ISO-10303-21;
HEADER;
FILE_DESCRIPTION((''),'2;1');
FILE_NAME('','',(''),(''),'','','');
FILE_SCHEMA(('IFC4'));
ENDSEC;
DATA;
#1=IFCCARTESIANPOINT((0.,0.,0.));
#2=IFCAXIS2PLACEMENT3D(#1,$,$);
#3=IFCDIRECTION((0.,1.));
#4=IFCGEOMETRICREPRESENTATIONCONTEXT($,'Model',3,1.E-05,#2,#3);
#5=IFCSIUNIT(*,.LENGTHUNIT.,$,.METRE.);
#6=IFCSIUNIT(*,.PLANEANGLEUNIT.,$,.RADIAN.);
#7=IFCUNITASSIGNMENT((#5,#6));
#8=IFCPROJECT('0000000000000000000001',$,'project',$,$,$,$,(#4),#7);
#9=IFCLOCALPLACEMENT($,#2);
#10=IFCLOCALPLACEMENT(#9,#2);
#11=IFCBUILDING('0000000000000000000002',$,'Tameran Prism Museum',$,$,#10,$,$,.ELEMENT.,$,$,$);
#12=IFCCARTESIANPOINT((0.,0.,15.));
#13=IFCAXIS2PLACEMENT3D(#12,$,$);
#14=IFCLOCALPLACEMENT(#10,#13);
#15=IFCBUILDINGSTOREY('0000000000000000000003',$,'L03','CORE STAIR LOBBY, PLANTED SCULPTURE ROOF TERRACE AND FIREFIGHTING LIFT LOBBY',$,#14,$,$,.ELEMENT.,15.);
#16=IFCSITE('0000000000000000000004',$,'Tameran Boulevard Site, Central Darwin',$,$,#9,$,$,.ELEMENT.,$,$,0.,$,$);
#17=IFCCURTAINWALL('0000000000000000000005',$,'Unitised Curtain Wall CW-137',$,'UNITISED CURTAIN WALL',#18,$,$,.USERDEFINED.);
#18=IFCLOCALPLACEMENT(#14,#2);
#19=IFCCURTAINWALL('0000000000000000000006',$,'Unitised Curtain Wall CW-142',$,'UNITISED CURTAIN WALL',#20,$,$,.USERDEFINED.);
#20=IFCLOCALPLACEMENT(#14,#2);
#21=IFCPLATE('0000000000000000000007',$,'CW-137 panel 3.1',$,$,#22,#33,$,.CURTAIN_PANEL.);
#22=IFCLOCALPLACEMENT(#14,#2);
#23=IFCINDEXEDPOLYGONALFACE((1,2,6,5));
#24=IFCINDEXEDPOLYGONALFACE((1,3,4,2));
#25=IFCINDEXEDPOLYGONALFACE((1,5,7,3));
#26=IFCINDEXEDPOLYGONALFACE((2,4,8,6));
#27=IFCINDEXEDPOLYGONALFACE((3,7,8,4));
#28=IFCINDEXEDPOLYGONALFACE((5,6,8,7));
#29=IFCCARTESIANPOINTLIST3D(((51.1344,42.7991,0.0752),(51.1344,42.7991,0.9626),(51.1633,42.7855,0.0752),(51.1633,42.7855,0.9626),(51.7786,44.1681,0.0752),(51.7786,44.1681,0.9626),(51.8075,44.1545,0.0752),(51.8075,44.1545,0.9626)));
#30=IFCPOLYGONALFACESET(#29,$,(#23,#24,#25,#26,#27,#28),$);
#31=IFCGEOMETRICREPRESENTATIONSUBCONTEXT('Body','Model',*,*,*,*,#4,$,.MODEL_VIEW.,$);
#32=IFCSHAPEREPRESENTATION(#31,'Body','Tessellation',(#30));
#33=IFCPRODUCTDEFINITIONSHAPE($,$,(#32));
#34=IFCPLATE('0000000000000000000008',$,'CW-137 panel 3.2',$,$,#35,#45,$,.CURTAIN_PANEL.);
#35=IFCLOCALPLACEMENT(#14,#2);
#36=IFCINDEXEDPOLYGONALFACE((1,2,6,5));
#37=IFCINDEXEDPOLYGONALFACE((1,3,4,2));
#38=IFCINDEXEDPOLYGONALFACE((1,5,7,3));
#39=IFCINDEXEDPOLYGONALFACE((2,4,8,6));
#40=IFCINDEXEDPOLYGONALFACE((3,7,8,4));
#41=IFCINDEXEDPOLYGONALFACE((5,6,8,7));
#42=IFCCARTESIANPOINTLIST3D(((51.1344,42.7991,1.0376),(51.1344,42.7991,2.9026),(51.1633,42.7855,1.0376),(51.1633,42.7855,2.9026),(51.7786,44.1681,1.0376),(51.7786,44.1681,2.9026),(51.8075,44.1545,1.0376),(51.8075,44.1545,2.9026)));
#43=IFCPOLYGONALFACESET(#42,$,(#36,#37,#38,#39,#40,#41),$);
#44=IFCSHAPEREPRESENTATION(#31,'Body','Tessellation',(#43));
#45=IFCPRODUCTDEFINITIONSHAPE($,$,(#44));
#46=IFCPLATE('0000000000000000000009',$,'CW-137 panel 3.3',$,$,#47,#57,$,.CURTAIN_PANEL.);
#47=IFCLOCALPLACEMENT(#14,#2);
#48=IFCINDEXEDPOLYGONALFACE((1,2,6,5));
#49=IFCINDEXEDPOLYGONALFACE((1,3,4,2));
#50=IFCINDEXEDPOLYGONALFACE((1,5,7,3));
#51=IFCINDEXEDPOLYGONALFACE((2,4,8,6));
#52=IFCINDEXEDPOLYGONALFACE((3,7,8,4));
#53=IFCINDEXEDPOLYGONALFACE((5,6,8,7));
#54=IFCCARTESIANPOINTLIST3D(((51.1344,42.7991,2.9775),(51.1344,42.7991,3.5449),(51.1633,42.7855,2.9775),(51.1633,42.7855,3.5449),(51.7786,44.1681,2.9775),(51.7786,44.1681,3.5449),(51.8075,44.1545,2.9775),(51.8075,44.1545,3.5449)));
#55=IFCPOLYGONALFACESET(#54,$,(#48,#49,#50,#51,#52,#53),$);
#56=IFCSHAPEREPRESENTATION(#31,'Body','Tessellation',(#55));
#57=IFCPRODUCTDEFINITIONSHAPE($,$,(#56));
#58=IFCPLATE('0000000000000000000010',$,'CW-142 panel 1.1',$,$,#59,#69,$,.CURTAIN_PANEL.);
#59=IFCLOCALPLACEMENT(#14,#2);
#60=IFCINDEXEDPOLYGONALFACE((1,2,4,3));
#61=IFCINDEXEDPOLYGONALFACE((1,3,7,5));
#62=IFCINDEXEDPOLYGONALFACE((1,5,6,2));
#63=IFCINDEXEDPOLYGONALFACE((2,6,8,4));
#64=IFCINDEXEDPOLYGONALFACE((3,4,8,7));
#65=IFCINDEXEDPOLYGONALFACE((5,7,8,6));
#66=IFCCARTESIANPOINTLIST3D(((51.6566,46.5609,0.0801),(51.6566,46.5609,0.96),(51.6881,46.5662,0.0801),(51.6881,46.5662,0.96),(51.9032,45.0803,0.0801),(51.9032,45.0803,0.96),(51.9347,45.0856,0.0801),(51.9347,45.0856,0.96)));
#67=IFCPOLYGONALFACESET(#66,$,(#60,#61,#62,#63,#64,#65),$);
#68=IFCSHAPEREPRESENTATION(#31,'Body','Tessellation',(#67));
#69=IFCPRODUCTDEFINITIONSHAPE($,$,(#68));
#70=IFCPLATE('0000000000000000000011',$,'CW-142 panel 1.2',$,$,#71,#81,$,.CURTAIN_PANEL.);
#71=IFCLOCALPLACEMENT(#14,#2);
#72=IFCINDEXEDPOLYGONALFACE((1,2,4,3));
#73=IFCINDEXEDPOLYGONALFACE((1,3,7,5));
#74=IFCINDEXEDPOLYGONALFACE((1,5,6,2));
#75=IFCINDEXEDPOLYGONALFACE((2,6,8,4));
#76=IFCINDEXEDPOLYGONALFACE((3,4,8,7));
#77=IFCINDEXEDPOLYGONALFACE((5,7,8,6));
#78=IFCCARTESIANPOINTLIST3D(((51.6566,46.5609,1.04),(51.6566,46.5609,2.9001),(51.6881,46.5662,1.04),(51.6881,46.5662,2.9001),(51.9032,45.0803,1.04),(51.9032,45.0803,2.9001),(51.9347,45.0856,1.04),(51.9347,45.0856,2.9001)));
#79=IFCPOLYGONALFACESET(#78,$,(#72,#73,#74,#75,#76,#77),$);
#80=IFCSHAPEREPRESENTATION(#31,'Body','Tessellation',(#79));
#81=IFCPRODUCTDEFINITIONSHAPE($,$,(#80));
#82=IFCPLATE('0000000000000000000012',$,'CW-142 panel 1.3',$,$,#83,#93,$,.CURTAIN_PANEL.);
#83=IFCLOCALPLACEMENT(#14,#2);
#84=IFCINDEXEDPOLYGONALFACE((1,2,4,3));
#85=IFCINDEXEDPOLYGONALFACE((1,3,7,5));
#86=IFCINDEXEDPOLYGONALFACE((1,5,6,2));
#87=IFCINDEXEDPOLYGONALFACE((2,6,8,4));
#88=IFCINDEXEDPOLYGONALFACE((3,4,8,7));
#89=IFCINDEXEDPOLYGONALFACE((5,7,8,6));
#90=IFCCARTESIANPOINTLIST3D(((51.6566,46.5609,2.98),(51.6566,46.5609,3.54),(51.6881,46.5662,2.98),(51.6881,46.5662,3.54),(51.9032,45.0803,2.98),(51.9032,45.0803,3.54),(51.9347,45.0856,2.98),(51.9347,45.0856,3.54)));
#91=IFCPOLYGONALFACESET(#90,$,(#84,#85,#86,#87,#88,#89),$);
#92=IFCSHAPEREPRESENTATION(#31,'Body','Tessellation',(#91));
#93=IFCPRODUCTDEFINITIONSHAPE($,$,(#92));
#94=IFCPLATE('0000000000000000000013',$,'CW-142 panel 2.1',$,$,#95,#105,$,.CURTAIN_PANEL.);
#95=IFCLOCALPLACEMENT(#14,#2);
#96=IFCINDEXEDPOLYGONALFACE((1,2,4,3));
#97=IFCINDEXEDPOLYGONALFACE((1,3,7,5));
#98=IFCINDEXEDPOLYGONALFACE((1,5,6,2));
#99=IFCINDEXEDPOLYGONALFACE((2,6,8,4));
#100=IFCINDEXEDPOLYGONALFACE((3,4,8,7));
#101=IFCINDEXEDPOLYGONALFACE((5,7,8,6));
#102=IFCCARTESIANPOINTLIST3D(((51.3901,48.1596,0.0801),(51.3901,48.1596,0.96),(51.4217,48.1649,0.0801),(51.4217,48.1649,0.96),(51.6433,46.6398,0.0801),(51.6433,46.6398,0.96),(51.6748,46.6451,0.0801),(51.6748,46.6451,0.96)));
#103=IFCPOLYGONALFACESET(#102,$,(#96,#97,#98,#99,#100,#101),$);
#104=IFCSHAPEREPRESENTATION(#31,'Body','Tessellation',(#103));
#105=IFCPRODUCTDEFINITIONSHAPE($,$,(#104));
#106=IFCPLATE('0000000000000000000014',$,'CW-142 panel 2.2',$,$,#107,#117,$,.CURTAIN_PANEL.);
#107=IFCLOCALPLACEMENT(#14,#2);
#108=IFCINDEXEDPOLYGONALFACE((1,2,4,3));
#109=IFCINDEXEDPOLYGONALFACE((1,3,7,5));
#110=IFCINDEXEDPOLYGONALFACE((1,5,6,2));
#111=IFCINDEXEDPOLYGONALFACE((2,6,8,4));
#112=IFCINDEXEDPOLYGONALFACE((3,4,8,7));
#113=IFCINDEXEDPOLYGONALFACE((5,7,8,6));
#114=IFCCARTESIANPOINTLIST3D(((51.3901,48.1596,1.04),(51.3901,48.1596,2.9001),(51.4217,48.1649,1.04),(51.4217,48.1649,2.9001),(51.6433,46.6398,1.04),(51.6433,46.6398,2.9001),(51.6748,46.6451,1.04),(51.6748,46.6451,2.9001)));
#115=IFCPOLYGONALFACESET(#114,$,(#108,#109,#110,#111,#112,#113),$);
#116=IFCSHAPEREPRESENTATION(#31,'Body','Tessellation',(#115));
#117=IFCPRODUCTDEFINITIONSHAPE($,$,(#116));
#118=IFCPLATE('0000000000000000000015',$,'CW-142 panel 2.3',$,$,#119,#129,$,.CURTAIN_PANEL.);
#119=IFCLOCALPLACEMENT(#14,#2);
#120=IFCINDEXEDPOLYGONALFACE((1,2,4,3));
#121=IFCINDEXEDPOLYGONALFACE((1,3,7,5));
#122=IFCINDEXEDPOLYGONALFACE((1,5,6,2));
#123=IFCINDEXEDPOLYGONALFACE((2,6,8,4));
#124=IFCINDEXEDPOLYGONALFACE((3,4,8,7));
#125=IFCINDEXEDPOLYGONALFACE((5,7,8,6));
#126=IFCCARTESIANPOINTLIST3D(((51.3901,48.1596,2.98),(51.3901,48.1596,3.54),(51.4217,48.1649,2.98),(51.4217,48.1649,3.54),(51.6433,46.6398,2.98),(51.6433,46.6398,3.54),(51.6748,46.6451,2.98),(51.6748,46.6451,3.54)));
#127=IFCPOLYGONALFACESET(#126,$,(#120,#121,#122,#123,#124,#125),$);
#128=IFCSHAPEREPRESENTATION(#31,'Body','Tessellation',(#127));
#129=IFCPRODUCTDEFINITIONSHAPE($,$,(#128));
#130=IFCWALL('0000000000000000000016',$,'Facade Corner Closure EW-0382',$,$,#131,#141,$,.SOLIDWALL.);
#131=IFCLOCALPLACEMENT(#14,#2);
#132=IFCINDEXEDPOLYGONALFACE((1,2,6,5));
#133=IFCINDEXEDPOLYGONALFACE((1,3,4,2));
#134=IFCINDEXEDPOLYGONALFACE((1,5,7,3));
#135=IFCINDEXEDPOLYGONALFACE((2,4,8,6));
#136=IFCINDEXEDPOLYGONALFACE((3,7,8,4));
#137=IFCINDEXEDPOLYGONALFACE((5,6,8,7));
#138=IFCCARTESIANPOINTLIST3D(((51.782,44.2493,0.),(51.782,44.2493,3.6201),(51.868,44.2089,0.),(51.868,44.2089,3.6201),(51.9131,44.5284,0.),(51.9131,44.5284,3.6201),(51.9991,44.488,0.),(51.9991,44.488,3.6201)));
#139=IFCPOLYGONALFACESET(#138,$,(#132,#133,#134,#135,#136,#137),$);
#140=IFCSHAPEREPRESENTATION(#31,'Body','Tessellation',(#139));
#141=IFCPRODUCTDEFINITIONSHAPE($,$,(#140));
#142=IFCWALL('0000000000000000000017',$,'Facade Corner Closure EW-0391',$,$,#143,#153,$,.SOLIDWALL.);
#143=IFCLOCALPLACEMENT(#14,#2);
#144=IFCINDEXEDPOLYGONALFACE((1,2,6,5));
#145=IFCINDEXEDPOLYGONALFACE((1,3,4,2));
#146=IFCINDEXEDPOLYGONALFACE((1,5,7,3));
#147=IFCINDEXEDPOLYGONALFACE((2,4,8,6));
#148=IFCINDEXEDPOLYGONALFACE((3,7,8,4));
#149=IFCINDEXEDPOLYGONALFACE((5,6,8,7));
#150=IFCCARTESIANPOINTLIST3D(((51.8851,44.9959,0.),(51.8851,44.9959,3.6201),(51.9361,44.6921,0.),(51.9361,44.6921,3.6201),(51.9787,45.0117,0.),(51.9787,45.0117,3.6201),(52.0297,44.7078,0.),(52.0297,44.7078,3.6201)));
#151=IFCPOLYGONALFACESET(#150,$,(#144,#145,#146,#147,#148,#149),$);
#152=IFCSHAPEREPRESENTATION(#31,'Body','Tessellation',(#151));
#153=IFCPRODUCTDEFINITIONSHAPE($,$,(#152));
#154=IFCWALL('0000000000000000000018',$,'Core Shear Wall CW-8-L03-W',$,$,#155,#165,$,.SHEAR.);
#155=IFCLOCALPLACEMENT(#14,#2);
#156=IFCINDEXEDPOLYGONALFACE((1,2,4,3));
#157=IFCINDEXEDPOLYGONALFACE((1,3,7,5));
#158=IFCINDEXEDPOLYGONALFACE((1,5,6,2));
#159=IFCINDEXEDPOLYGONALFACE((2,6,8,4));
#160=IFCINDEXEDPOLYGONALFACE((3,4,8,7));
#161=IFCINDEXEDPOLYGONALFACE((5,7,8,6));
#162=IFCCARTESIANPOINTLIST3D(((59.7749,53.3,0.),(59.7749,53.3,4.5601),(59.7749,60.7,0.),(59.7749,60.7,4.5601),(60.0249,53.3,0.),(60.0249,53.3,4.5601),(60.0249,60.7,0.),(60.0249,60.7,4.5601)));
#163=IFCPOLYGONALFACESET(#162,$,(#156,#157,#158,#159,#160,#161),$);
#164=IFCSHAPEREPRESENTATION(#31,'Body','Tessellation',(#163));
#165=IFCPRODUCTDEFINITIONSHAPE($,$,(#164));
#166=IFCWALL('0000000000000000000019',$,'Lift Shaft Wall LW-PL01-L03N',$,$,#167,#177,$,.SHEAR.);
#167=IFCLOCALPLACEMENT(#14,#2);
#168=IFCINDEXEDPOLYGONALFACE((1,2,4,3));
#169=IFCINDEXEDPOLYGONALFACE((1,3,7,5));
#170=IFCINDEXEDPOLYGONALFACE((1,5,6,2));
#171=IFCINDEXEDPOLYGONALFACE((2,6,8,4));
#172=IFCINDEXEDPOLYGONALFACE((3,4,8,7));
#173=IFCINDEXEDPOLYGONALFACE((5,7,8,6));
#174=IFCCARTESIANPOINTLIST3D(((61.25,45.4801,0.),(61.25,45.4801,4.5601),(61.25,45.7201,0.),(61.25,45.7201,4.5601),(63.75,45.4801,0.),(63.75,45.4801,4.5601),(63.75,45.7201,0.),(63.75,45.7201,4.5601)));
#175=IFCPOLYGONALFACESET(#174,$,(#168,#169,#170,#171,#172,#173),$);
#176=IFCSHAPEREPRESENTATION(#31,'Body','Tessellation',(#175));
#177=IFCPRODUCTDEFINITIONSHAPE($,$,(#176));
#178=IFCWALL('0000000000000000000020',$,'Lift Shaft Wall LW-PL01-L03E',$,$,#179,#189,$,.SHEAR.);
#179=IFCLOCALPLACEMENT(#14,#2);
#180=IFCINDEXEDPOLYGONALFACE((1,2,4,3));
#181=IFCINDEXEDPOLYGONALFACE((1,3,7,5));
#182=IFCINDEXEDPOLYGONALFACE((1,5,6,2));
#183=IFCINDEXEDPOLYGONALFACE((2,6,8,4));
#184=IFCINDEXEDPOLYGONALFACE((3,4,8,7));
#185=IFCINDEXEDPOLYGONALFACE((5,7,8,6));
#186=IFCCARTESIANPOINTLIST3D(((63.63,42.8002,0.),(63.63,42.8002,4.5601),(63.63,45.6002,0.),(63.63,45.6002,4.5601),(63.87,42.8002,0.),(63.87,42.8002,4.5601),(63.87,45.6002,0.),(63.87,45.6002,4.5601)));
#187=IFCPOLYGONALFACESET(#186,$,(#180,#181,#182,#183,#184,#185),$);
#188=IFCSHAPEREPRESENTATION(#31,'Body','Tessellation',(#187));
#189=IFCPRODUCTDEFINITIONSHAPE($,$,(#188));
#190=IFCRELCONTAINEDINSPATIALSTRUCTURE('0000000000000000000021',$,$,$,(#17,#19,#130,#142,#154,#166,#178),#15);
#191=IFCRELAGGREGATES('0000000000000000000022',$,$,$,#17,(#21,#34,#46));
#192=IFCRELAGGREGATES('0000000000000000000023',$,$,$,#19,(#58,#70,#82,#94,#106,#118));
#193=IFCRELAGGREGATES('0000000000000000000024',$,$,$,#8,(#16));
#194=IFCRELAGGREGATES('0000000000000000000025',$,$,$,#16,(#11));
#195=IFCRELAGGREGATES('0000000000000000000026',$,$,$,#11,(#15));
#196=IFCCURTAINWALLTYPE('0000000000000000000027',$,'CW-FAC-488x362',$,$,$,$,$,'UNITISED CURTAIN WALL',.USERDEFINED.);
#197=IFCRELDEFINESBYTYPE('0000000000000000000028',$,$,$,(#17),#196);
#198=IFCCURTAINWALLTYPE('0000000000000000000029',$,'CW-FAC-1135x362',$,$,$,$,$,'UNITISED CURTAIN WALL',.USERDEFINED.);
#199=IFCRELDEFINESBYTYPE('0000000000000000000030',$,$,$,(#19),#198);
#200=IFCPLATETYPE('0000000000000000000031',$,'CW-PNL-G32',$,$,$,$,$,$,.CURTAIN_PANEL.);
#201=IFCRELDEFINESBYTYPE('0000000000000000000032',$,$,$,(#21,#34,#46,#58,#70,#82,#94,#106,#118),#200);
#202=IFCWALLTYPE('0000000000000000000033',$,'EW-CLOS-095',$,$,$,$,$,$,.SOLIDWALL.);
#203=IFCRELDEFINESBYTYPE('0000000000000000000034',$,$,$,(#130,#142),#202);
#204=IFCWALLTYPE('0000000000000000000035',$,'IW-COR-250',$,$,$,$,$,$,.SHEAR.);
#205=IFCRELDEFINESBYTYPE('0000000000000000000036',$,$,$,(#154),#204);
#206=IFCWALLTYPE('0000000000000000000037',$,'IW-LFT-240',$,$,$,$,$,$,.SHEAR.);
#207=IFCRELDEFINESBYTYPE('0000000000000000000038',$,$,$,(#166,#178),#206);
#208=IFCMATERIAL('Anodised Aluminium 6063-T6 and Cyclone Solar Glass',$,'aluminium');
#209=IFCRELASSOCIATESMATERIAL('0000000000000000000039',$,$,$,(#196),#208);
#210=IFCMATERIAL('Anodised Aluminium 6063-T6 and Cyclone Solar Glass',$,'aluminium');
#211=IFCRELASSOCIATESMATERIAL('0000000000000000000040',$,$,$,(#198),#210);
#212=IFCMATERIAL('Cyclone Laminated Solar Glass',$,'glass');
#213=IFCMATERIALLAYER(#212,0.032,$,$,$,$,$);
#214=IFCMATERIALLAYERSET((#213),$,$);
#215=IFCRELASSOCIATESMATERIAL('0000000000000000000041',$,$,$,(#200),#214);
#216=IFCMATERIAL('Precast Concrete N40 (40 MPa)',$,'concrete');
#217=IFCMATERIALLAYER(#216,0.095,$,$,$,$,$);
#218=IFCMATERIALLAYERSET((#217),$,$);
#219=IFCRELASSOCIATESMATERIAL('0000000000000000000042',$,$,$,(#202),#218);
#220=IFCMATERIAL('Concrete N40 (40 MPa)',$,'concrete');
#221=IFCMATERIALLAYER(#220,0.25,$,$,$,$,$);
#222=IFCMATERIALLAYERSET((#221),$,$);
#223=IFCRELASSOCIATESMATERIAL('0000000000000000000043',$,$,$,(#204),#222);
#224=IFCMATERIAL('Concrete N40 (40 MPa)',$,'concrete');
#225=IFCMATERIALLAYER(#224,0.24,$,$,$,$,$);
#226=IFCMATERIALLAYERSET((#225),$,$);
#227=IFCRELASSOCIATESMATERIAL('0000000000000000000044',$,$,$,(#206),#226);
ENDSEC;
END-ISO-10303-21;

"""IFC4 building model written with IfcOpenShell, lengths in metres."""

from ifc_helpers import new_model, si_unit, direction, frame, frame_2d, origin, origin_2d, place, context, subcontext, project, spatial, rectangle, extrude, material, layer, layer_set, type_object, element, aggregate, save


model = new_model("IFC4")

# Units and contexts
model_context = context("Model", 3, precision=1e-05, world=origin(), true_north=direction((0.0, 1.0)))
body_context = subcontext(model_context, "Body", "Model", "MODEL_VIEW")
ifc_project = project(units=[si_unit("LENGTHUNIT", "METRE"), si_unit("PLANEANGLEUNIT", "RADIAN")], contexts=[model_context])

# Site, building, storey
site_placement = place(None, origin())
site = spatial("IfcSite", under=ifc_project, at=site_placement, Name="Tameran Boulevard Site, Central Darwin", CompositionType="ELEMENT", RefElevation=0.0)
building_placement = place(site_placement, origin())
building = spatial("IfcBuilding", under=site, at=building_placement, Name="Tameran Prism Museum", CompositionType="ELEMENT")
storey_placement = place(building_placement, frame((0.0, 0.0, 15.0)))
storey = spatial("IfcBuildingStorey", under=building, at=storey_placement, Name="L03", Description="CORE STAIR LOBBY, PLANTED SCULPTURE ROOF TERRACE AND FIREFIGHTING LIFT LOBBY", CompositionType="ELEMENT", Elevation=15.0)

# Curtain wall
ifc_material_1 = material(Name="Anodised Aluminium 6063-T6 and Cyclone Solar Glass", Category="aluminium")
curtain_wall_type_1 = type_object("IfcCurtainWallType", Name="CW-FAC-488x362", ElementType="UNITISED CURTAIN WALL", PredefinedType="USERDEFINED", material=ifc_material_1)
curtain_wall_1_placement = place(storey_placement, origin())
curtain_wall_1 = element("IfcCurtainWall", 1, at=curtain_wall_1_placement, inside=storey, type_object=curtain_wall_type_1, Name="Unitised Curtain Wall CW-137", ObjectType="UNITISED CURTAIN WALL", PredefinedType="USERDEFINED")

# Curtain wall
ifc_material_2 = material(Name="Anodised Aluminium 6063-T6 and Cyclone Solar Glass", Category="aluminium")
curtain_wall_type_2 = type_object("IfcCurtainWallType", Name="CW-FAC-1135x362", ElementType="UNITISED CURTAIN WALL", PredefinedType="USERDEFINED", material=ifc_material_2)
curtain_wall_2_placement = place(storey_placement, origin())
curtain_wall_2 = element("IfcCurtainWall", 2, at=curtain_wall_2_placement, inside=storey, type_object=curtain_wall_type_2, Name="Unitised Curtain Wall CW-142", ObjectType="UNITISED CURTAIN WALL", PredefinedType="USERDEFINED")

# Plates
ifc_material_3 = material(Name="Cyclone Laminated Solar Glass", Category="glass")
ifc_layer_1 = layer(ifc_material_3, 0.032)
ifc_layer_set_1 = layer_set([ifc_layer_1])
plate_type = type_object("IfcPlateType", Name="CW-PNL-G32", PredefinedType="CURTAIN_PANEL", material=ifc_layer_set_1)
plate_1_placement = place(storey_placement, frame((51.4709, 43.4768, 0.0752), z_axis=(0.0, 0.0, 1.0), x_axis=(0.425758, 0.904837, 0.0)))
plate_1 = element("IfcPlate", 3, at=plate_1_placement, type_object=plate_type, Name="CW-137 panel 3.1", PredefinedType="CURTAIN_PANEL", context=body_context, shape_type="SweptSolid", body=[
    extrude(rectangle(XDim=1.5129, YDim=0.032, at=origin_2d()), origin(), (0.0, 0.0, 1.0), 0.8875),
])
plate_2_placement = place(storey_placement, frame((51.4709, 43.4768, 1.0376), z_axis=(0.0, 0.0, 1.0), x_axis=(0.425758, 0.904837, 0.0)))
plate_2 = element("IfcPlate", 4, at=plate_2_placement, type_object=plate_type, Name="CW-137 panel 3.2", PredefinedType="CURTAIN_PANEL", context=body_context, shape_type="SweptSolid", body=[
    extrude(rectangle(XDim=1.5129, YDim=0.032, at=origin_2d()), origin(), (0.0, 0.0, 1.0), 1.865),
])
plate_3_placement = place(storey_placement, frame((51.4709, 43.4768, 2.9775), z_axis=(0.0, 0.0, 1.0), x_axis=(0.425758, 0.904837, 0.0)))
plate_3 = element("IfcPlate", 5, at=plate_3_placement, type_object=plate_type, Name="CW-137 panel 3.3", PredefinedType="CURTAIN_PANEL", context=body_context, shape_type="SweptSolid", body=[
    extrude(rectangle(XDim=1.5129, YDim=0.032, at=origin_2d()), origin(), (0.0, 0.0, 1.0), 0.5674),
])
aggregate(curtain_wall_1, [plate_1, plate_2, plate_3])
plate_4_placement = place(storey_placement, frame((51.7957, 45.8232, 0.0801), z_axis=(0.0, 0.0, 1.0), x_axis=(-0.164285, 0.986413, 0.0)))
plate_4 = element("IfcPlate", 6, at=plate_4_placement, type_object=plate_type, Name="CW-142 panel 1.1", PredefinedType="CURTAIN_PANEL", context=body_context, shape_type="SweptSolid", body=[
    extrude(rectangle(XDim=1.501, YDim=0.032, at=origin_2d()), origin(), (0.0, 0.0, 1.0), 0.8799),
])
plate_5_placement = place(storey_placement, frame((51.7957, 45.8232, 1.04), z_axis=(0.0, 0.0, 1.0), x_axis=(-0.164285, 0.986413, 0.0)))
plate_5 = element("IfcPlate", 7, at=plate_5_placement, type_object=plate_type, Name="CW-142 panel 1.2", PredefinedType="CURTAIN_PANEL", context=body_context, shape_type="SweptSolid", body=[
    extrude(rectangle(XDim=1.501, YDim=0.032, at=origin_2d()), origin(), (0.0, 0.0, 1.0), 1.8601),
])
plate_6_placement = place(storey_placement, frame((51.7957, 45.8232, 2.98), z_axis=(0.0, 0.0, 1.0), x_axis=(-0.164285, 0.986413, 0.0)))
plate_6 = element("IfcPlate", 8, at=plate_6_placement, type_object=plate_type, Name="CW-142 panel 1.3", PredefinedType="CURTAIN_PANEL", context=body_context, shape_type="SweptSolid", body=[
    extrude(rectangle(XDim=1.501, YDim=0.032, at=origin_2d()), origin(), (0.0, 0.0, 1.0), 0.5601),
])
plate_7_placement = place(storey_placement, frame((51.5325, 47.4023, 0.0801), z_axis=(0.0, 0.0, 1.0), x_axis=(-0.164285, 0.986413, 0.0)))
plate_7 = element("IfcPlate", 9, at=plate_7_placement, type_object=plate_type, Name="CW-142 panel 2.1", PredefinedType="CURTAIN_PANEL", context=body_context, shape_type="SweptSolid", body=[
    extrude(rectangle(XDim=1.5408, YDim=0.032, at=origin_2d()), origin(), (0.0, 0.0, 1.0), 0.8799),
])
plate_8_placement = place(storey_placement, frame((51.5325, 47.4023, 1.04), z_axis=(0.0, 0.0, 1.0), x_axis=(-0.164285, 0.986413, 0.0)))
plate_8 = element("IfcPlate", 10, at=plate_8_placement, type_object=plate_type, Name="CW-142 panel 2.2", PredefinedType="CURTAIN_PANEL", context=body_context, shape_type="SweptSolid", body=[
    extrude(rectangle(XDim=1.5408, YDim=0.032, at=origin_2d()), origin(), (0.0, 0.0, 1.0), 1.8601),
])
plate_9_placement = place(storey_placement, frame((51.5325, 47.4023, 2.98), z_axis=(0.0, 0.0, 1.0), x_axis=(-0.164285, 0.986413, 0.0)))
plate_9 = element("IfcPlate", 11, at=plate_9_placement, type_object=plate_type, Name="CW-142 panel 2.3", PredefinedType="CURTAIN_PANEL", context=body_context, shape_type="SweptSolid", body=[
    extrude(rectangle(XDim=1.5408, YDim=0.032, at=origin_2d()), origin(), (0.0, 0.0, 1.0), 0.5601),
])
aggregate(curtain_wall_2, [plate_4, plate_5, plate_6, plate_7, plate_8, plate_9])

# Walls
ifc_material_4 = material(Name="Precast Concrete N40 (40 MPa)", Category="concrete")
ifc_layer_2 = layer(ifc_material_4, 0.095)
ifc_layer_set_2 = layer_set([ifc_layer_2])
wall_type_1 = type_object("IfcWallType", Name="EW-CLOS-095", PredefinedType="SOLIDWALL", material=ifc_layer_set_2)
wall_1_placement = place(storey_placement, frame((51.825, 44.229, 0.0), z_axis=(0.0, 0.0, 1.0), x_axis=(0.425225, 0.905088, 0.0)))
element("IfcWall", 12, at=wall_1_placement, inside=storey, type_object=wall_type_1, Name="Facade Corner Closure EW-0382", PredefinedType="SOLIDWALL", context=body_context, shape_type="SweptSolid", body=[
    extrude(rectangle(XDim=0.3083, YDim=0.095, at=frame_2d((0.1543, 0.0))), origin(), (0.0, 0.0, 1.0), 3.6201),
])
wall_2_placement = place(storey_placement, frame((51.9829, 44.7, 0.0), z_axis=(0.0, 0.0, 1.0), x_axis=(-0.165555, 0.986201, 0.0)))
element("IfcWall", 13, at=wall_2_placement, inside=storey, type_object=wall_type_1, Name="Facade Corner Closure EW-0391", PredefinedType="SOLIDWALL", context=body_context, shape_type="SweptSolid", body=[
    extrude(rectangle(XDim=0.3081, YDim=0.095, at=frame_2d((0.1541, 0.0))), origin(), (0.0, 0.0, 1.0), 3.6201),
])

# Walls
ifc_material_5 = material(Name="Concrete N40 (40 MPa)", Category="concrete")
ifc_layer_3 = layer(ifc_material_5, 0.25)
ifc_layer_set_3 = layer_set([ifc_layer_3])
wall_type_2 = type_object("IfcWallType", Name="IW-COR-250", PredefinedType="SHEAR", material=ifc_layer_set_3)
wall_3_placement = place(storey_placement, frame((59.8999, 53.3, 0.0), z_axis=(0.0, 0.0, 1.0), x_axis=(0.0, 1.0, 0.0)))
element("IfcWall", 14, at=wall_3_placement, inside=storey, type_object=wall_type_2, Name="Core Shear Wall CW-8-L03-W", PredefinedType="SHEAR", context=body_context, shape_type="SweptSolid", body=[
    extrude(rectangle(XDim=7.3999, YDim=0.25, at=frame_2d((3.7, 0.0))), origin(), (0.0, 0.0, 1.0), 4.5601),
])
ifc_material_6 = material(Name="Concrete N40 (40 MPa)", Category="concrete")
ifc_layer_4 = layer(ifc_material_6, 0.24)
ifc_layer_set_4 = layer_set([ifc_layer_4])
wall_type_3 = type_object("IfcWallType", Name="IW-LFT-240", PredefinedType="SHEAR", material=ifc_layer_set_4)
wall_4_placement = place(storey_placement, frame((61.25, 45.6001, 0.0), z_axis=(0.0, 0.0, 1.0), x_axis=(1.0, 0.0, 0.0)))
element("IfcWall", 15, at=wall_4_placement, inside=storey, type_object=wall_type_3, Name="Lift Shaft Wall LW-PL01-L03N", PredefinedType="SHEAR", context=body_context, shape_type="SweptSolid", body=[
    extrude(rectangle(XDim=2.5, YDim=0.24, at=frame_2d((1.25, 0.0))), origin(), (0.0, 0.0, 1.0), 4.5601),
])
wall_5_placement = place(storey_placement, frame((63.75, 45.6001, 0.0), z_axis=(0.0, 0.0, 1.0), x_axis=(0.0, -1.0, 0.0)))
element("IfcWall", 16, at=wall_5_placement, inside=storey, type_object=wall_type_3, Name="Lift Shaft Wall LW-PL01-L03E", PredefinedType="SHEAR", context=body_context, shape_type="SweptSolid", body=[
    extrude(rectangle(XDim=2.8, YDim=0.24, at=frame_2d((1.3999, 0.0))), origin(), (0.0, 0.0, 1.0), 4.5601),
])

save(model, "model.ifc")
